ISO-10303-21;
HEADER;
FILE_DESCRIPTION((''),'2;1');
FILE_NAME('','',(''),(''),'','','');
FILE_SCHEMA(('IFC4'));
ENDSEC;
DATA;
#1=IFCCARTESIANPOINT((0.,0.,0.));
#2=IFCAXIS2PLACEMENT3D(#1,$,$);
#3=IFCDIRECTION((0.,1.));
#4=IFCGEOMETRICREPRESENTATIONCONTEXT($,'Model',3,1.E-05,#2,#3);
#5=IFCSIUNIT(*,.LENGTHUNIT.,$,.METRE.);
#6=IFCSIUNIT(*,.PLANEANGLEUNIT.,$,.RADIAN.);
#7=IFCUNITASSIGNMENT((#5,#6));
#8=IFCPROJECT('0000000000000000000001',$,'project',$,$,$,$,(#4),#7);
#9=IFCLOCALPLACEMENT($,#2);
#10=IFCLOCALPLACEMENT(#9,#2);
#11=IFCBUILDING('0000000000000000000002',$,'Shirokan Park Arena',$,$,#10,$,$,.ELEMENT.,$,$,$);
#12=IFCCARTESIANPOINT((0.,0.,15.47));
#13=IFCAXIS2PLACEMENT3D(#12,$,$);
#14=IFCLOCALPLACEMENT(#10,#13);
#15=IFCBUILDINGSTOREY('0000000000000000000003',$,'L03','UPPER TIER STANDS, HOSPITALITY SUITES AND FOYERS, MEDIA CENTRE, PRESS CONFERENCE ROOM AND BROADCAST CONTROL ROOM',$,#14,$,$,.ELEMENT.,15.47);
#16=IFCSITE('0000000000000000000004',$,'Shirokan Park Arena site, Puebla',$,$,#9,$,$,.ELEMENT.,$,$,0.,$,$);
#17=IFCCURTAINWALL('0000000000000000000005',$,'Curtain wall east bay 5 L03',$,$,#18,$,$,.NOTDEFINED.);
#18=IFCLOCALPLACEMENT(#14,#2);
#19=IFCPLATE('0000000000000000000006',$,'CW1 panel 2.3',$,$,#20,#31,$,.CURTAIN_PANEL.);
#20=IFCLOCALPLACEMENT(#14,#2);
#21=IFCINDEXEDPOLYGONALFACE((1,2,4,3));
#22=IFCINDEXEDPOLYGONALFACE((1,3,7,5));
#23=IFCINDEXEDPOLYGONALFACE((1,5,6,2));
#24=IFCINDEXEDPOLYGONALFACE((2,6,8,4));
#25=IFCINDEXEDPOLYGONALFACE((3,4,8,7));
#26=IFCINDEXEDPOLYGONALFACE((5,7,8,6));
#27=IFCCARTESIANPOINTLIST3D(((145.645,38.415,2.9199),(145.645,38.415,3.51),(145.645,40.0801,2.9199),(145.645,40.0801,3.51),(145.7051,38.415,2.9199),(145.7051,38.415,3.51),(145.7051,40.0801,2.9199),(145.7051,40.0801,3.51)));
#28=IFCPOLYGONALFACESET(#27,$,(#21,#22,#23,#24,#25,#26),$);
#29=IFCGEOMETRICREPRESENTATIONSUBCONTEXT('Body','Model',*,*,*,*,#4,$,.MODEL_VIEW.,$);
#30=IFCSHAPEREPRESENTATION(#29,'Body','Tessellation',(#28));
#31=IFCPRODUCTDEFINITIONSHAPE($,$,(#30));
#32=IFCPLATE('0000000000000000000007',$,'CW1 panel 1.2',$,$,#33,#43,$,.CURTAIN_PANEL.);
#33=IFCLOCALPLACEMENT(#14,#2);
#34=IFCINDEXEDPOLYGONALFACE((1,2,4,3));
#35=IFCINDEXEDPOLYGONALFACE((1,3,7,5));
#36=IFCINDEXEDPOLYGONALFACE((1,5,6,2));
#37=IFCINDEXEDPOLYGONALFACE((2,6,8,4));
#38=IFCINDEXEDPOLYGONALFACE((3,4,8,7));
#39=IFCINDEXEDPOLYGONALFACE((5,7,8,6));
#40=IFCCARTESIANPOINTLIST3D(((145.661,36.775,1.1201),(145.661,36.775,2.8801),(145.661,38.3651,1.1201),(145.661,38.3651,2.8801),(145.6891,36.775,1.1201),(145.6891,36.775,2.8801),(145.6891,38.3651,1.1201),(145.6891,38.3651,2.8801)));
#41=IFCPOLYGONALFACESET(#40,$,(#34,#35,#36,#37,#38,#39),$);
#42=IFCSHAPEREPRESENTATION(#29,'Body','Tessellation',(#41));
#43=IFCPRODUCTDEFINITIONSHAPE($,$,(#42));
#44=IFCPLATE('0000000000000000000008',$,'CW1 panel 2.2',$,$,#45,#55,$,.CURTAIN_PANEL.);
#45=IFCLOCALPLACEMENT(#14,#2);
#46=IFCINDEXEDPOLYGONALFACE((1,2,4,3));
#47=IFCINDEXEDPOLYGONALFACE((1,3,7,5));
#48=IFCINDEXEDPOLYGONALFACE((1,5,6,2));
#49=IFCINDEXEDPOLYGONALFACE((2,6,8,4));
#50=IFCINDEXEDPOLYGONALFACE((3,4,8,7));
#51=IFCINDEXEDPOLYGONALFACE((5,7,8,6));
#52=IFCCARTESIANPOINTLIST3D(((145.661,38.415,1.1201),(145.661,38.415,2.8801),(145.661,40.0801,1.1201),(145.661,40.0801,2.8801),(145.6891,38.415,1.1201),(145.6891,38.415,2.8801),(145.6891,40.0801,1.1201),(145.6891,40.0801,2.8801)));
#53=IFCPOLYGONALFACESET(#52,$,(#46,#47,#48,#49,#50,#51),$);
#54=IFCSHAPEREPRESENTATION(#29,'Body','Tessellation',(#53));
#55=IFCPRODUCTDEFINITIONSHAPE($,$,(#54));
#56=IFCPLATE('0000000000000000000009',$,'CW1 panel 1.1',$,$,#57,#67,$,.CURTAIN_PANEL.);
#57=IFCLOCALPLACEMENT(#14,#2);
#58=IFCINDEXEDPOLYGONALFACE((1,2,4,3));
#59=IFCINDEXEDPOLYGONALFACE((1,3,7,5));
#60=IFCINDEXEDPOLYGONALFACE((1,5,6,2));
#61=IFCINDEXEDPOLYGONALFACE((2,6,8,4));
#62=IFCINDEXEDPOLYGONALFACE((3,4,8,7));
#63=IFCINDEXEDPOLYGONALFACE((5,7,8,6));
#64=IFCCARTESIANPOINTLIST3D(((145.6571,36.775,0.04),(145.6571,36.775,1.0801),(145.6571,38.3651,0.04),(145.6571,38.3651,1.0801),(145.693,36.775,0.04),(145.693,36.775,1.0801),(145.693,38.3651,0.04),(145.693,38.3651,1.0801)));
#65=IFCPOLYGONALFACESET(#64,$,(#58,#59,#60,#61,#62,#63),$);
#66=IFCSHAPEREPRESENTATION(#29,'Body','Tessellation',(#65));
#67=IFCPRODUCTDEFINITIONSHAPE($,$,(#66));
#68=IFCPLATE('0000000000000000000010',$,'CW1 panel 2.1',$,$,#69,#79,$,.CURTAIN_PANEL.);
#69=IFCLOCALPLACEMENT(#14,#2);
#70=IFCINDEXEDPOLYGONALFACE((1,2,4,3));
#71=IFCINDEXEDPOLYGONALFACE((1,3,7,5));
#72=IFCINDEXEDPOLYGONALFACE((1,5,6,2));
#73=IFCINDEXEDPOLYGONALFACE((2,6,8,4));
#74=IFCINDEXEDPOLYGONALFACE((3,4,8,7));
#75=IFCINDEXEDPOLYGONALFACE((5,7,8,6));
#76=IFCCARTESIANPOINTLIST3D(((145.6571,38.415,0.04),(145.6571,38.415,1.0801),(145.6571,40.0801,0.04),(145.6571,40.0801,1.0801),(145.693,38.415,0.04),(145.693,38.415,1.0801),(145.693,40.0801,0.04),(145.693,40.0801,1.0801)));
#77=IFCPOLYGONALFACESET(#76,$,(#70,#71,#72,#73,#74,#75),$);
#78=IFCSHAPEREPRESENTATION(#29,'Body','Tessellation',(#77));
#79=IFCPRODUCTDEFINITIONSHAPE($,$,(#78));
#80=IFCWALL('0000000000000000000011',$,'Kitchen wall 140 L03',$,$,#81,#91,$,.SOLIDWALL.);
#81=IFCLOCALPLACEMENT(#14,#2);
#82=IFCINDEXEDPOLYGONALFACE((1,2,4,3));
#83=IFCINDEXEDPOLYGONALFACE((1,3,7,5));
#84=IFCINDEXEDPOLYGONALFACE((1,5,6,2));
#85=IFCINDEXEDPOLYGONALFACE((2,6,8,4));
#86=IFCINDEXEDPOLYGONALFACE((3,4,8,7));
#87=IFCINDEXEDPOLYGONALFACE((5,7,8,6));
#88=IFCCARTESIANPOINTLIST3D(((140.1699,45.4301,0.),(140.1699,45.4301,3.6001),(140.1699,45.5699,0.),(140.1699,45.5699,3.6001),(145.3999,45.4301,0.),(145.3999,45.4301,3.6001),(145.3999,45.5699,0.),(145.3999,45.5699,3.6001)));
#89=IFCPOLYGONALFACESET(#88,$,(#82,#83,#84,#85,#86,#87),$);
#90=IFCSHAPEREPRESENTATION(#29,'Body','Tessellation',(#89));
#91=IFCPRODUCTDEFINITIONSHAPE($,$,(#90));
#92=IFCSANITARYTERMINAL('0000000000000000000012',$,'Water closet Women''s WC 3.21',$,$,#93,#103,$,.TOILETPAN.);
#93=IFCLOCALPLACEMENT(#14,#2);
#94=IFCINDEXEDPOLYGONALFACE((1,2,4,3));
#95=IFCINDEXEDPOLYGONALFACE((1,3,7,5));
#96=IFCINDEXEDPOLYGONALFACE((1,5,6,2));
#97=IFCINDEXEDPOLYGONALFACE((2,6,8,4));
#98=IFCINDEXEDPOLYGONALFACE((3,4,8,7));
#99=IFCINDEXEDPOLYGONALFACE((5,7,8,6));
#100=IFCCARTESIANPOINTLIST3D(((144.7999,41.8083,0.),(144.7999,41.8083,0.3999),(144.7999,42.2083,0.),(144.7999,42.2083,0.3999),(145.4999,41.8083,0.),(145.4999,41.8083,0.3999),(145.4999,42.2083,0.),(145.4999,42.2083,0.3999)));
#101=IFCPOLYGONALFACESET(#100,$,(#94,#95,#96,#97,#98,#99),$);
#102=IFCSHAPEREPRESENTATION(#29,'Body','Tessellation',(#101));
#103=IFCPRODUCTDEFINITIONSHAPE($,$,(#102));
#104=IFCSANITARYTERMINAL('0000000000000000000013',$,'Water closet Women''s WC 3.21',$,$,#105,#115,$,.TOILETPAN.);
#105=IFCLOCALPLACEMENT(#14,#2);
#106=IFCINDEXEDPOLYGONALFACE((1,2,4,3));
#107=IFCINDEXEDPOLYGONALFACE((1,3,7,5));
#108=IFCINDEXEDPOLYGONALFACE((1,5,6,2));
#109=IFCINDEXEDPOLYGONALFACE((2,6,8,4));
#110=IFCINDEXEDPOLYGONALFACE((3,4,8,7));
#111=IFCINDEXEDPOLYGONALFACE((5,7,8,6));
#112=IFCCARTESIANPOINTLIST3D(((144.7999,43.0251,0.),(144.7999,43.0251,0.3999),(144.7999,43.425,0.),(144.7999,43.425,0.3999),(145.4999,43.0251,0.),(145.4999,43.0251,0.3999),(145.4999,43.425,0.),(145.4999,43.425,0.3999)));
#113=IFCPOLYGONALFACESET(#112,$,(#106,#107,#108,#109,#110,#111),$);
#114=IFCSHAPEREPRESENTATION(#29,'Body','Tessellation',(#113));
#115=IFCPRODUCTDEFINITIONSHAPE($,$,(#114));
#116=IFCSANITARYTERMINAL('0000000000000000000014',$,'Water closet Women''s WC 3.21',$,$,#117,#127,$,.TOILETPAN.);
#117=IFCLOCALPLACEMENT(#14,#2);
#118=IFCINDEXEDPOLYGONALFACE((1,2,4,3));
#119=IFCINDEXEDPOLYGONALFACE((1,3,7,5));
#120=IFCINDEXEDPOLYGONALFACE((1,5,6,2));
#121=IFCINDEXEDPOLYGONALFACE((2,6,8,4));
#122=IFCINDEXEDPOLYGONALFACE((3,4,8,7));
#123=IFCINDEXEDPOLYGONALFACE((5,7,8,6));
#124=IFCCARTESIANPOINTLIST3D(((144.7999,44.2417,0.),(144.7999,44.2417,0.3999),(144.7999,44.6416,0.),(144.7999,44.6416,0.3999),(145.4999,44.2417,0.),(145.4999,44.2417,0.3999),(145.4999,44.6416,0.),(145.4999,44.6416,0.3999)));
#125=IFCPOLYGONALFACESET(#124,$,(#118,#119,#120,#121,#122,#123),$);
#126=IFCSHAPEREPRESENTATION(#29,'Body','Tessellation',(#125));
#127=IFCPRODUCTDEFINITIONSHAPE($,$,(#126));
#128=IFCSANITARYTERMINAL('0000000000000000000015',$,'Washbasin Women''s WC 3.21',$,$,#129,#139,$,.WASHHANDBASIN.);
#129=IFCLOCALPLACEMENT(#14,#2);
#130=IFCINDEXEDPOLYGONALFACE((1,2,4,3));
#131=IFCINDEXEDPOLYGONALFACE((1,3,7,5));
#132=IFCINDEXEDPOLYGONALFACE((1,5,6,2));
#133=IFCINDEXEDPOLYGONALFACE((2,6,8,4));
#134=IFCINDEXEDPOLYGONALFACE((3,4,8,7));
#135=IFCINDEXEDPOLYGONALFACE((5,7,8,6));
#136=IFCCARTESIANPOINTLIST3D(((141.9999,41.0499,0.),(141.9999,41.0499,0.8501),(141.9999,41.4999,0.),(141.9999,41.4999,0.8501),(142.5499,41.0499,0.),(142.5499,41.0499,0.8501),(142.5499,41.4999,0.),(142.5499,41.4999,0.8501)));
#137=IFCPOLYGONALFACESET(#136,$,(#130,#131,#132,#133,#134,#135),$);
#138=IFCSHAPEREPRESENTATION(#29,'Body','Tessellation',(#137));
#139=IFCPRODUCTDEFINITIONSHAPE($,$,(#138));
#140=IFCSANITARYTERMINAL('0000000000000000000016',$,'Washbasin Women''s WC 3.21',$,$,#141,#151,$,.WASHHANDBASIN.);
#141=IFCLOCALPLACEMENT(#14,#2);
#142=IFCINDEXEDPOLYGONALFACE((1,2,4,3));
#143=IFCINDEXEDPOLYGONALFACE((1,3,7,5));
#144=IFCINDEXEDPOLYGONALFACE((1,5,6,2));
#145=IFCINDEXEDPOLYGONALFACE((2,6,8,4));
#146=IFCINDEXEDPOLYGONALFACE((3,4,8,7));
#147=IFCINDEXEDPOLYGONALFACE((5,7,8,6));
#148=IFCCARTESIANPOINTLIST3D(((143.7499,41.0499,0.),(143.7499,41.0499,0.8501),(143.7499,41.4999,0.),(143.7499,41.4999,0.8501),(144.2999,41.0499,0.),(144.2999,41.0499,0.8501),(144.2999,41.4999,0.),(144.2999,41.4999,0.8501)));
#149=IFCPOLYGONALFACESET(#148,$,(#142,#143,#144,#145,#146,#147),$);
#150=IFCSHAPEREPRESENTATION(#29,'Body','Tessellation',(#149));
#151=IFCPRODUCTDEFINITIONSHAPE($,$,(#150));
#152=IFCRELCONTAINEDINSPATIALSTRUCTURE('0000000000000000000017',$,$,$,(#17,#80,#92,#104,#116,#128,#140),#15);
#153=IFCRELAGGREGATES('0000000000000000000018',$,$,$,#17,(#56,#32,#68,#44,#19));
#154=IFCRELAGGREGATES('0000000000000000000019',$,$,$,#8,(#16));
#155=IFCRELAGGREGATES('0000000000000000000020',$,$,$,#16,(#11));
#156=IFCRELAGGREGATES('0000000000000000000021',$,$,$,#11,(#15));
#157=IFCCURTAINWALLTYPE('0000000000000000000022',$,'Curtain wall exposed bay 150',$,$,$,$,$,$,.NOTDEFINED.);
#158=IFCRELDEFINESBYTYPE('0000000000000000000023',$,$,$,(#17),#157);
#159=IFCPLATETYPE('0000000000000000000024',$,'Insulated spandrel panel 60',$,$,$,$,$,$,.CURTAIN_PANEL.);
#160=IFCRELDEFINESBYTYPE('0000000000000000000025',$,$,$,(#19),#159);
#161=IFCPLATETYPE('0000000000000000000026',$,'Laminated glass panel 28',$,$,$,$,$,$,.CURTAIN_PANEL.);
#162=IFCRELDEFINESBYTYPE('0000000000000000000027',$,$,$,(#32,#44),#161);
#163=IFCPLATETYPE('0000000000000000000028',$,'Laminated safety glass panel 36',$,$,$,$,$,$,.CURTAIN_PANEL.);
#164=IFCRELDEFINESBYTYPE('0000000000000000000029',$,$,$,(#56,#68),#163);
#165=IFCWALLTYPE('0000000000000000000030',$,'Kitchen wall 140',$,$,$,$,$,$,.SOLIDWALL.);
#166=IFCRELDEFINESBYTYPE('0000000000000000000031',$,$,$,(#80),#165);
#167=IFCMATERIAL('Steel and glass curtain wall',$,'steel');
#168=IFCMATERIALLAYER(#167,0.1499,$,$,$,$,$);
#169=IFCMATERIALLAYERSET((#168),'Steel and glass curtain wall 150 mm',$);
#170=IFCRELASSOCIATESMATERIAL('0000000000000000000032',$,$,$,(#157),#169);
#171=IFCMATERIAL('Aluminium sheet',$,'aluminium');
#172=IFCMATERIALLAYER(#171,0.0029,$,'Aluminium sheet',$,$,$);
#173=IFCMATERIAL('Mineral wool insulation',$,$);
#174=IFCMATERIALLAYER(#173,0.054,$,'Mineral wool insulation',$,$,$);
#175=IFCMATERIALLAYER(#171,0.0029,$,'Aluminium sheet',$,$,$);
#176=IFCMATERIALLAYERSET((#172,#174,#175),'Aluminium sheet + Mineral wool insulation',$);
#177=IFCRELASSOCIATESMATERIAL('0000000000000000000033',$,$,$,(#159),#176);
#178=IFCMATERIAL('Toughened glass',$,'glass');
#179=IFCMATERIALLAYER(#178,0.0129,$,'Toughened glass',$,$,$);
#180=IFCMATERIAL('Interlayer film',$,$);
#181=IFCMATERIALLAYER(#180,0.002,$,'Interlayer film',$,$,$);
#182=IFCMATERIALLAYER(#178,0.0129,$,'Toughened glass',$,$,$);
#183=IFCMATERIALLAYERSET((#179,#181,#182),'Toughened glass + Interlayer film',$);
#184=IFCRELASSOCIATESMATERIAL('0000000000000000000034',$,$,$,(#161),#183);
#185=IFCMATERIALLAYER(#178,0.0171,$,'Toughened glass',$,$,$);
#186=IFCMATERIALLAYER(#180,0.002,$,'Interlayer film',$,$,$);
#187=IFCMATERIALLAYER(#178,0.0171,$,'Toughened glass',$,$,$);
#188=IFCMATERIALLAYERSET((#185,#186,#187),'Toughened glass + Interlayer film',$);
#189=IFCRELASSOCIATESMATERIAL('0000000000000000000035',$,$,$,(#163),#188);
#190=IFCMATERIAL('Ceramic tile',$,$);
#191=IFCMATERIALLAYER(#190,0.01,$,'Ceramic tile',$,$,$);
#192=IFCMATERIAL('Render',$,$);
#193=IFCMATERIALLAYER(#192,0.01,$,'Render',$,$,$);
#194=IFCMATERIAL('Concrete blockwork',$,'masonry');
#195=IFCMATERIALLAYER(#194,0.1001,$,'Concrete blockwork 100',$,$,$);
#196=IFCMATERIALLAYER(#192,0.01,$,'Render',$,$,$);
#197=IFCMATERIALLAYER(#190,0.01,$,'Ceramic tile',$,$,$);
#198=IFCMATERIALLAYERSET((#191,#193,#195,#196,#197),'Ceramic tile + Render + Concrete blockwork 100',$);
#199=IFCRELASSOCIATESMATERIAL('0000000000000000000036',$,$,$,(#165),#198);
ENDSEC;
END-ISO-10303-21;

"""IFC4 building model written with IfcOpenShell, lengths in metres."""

from ifc_helpers import new_model, si_unit, direction, frame, frame_2d, origin, origin_2d, place, context, subcontext, project, spatial, rectangle, extrude, material, layer, layer_set, type_object, element, aggregate, save


model = new_model("IFC4")

# Units and contexts
model_context = context("Model", 3, precision=1e-05, world=origin(), true_north=direction((0.0, 1.0)))
body_context = subcontext(model_context, "Body", "Model", "MODEL_VIEW")
ifc_project = project(units=[si_unit("LENGTHUNIT", "METRE"), si_unit("PLANEANGLEUNIT", "RADIAN")], contexts=[model_context])

# Site, building, storey
site_placement = place(None, origin())
site = spatial("IfcSite", under=ifc_project, at=site_placement, Name="Shirokan Park Arena site, Puebla", CompositionType="ELEMENT", RefElevation=0.0)
building_placement = place(site_placement, origin())
building = spatial("IfcBuilding", under=site, at=building_placement, Name="Shirokan Park Arena", CompositionType="ELEMENT")
storey_placement = place(building_placement, frame((0.0, 0.0, 15.47)))
storey = spatial("IfcBuildingStorey", under=building, at=storey_placement, Name="L03", Description="UPPER TIER STANDS, HOSPITALITY SUITES AND FOYERS, MEDIA CENTRE, PRESS CONFERENCE ROOM AND BROADCAST CONTROL ROOM", CompositionType="ELEMENT", Elevation=15.47)

# Curtain wall
ifc_material_1 = material(Name="Steel and glass curtain wall", Category="steel")
ifc_layer_1 = layer(ifc_material_1, 0.1499)
ifc_layer_set_1 = layer_set([ifc_layer_1], Name="Steel and glass curtain wall 150 mm")
curtain_wall_type = type_object("IfcCurtainWallType", Name="Curtain wall exposed bay 150", PredefinedType="NOTDEFINED", material=ifc_layer_set_1)
curtain_wall_placement = place(storey_placement, origin())
curtain_wall = element("IfcCurtainWall", 1, at=curtain_wall_placement, inside=storey, type_object=curtain_wall_type, Name="Curtain wall east bay 5 L03", PredefinedType="NOTDEFINED")

# Plates
ifc_material_2 = material(Name="Aluminium sheet", Category="aluminium")
ifc_layer_2 = layer(ifc_material_2, 0.0029, Name="Aluminium sheet")
ifc_material_3 = material(Name="Mineral wool insulation")
ifc_layer_3 = layer(ifc_material_3, 0.054, Name="Mineral wool insulation")
ifc_layer_4 = layer(ifc_material_2, 0.0029, Name="Aluminium sheet")
ifc_layer_set_2 = layer_set([ifc_layer_2, ifc_layer_3, ifc_layer_4], Name="Aluminium sheet + Mineral wool insulation")
plate_type_1 = type_object("IfcPlateType", Name="Insulated spandrel panel 60", PredefinedType="CURTAIN_PANEL", material=ifc_layer_set_2)
plate_1_placement = place(storey_placement, frame((145.675, 39.2476, 2.9199), z_axis=(0.0, 0.0, 1.0), x_axis=(0.0, 1.0, 0.0)))
plate_1 = element("IfcPlate", 2, at=plate_1_placement, type_object=plate_type_1, Name="CW1 panel 2.3", PredefinedType="CURTAIN_PANEL", context=body_context, shape_type="SweptSolid", body=[
    extrude(rectangle(XDim=1.665, YDim=0.0601, at=origin_2d()), origin(), (0.0, 0.0, 1.0), 0.5901),
])
ifc_material_4 = material(Name="Toughened glass", Category="glass")
ifc_layer_5 = layer(ifc_material_4, 0.0129, Name="Toughened glass")
ifc_material_5 = material(Name="Interlayer film")
ifc_layer_6 = layer(ifc_material_5, 0.002, Name="Interlayer film")
ifc_layer_7 = layer(ifc_material_4, 0.0129, Name="Toughened glass")
ifc_layer_set_3 = layer_set([ifc_layer_5, ifc_layer_6, ifc_layer_7], Name="Toughened glass + Interlayer film")
plate_type_2 = type_object("IfcPlateType", Name="Laminated glass panel 28", PredefinedType="CURTAIN_PANEL", material=ifc_layer_set_3)
plate_2_placement = place(storey_placement, frame((145.675, 37.5701, 1.1201), z_axis=(0.0, 0.0, 1.0), x_axis=(0.0, 1.0, 0.0)))
plate_2 = element("IfcPlate", 3, at=plate_2_placement, type_object=plate_type_2, Name="CW1 panel 1.2", PredefinedType="CURTAIN_PANEL", context=body_context, shape_type="SweptSolid", body=[
    extrude(rectangle(XDim=1.5901, YDim=0.0281, at=origin_2d()), origin(), (0.0, 0.0, 1.0), 1.76),
])
plate_3_placement = place(storey_placement, frame((145.675, 39.2476, 1.1201), z_axis=(0.0, 0.0, 1.0), x_axis=(0.0, 1.0, 0.0)))
plate_3 = element("IfcPlate", 4, at=plate_3_placement, type_object=plate_type_2, Name="CW1 panel 2.2", PredefinedType="CURTAIN_PANEL", context=body_context, shape_type="SweptSolid", body=[
    extrude(rectangle(XDim=1.665, YDim=0.0281, at=origin_2d()), origin(), (0.0, 0.0, 1.0), 1.76),
])
ifc_layer_8 = layer(ifc_material_4, 0.0171, Name="Toughened glass")
ifc_layer_9 = layer(ifc_material_5, 0.002, Name="Interlayer film")
ifc_layer_10 = layer(ifc_material_4, 0.0171, Name="Toughened glass")
ifc_layer_set_4 = layer_set([ifc_layer_8, ifc_layer_9, ifc_layer_10], Name="Toughened glass + Interlayer film")
plate_type_3 = type_object("IfcPlateType", Name="Laminated safety glass panel 36", PredefinedType="CURTAIN_PANEL", material=ifc_layer_set_4)
plate_4_placement = place(storey_placement, frame((145.675, 37.5701, 0.04), z_axis=(0.0, 0.0, 1.0), x_axis=(0.0, 1.0, 0.0)))
plate_4 = element("IfcPlate", 5, at=plate_4_placement, type_object=plate_type_3, Name="CW1 panel 1.1", PredefinedType="CURTAIN_PANEL", context=body_context, shape_type="SweptSolid", body=[
    extrude(rectangle(XDim=1.5901, YDim=0.0359, at=origin_2d()), origin(), (0.0, 0.0, 1.0), 1.04),
])
plate_5_placement = place(storey_placement, frame((145.675, 39.2476, 0.04), z_axis=(0.0, 0.0, 1.0), x_axis=(0.0, 1.0, 0.0)))
plate_5 = element("IfcPlate", 6, at=plate_5_placement, type_object=plate_type_3, Name="CW1 panel 2.1", PredefinedType="CURTAIN_PANEL", context=body_context, shape_type="SweptSolid", body=[
    extrude(rectangle(XDim=1.665, YDim=0.0359, at=origin_2d()), origin(), (0.0, 0.0, 1.0), 1.04),
])
aggregate(curtain_wall, [plate_4, plate_2, plate_5, plate_3, plate_1])

# Wall
ifc_material_6 = material(Name="Ceramic tile")
ifc_layer_11 = layer(ifc_material_6, 0.01, Name="Ceramic tile")
ifc_material_7 = material(Name="Render")
ifc_layer_12 = layer(ifc_material_7, 0.01, Name="Render")
ifc_material_8 = material(Name="Concrete blockwork", Category="masonry")
ifc_layer_13 = layer(ifc_material_8, 0.1001, Name="Concrete blockwork 100")
ifc_layer_14 = layer(ifc_material_7, 0.01, Name="Render")
ifc_layer_15 = layer(ifc_material_6, 0.01, Name="Ceramic tile")
ifc_layer_set_5 = layer_set([ifc_layer_11, ifc_layer_12, ifc_layer_13, ifc_layer_14, ifc_layer_15], Name="Ceramic tile + Render + Concrete blockwork 100")
wall_type = type_object("IfcWallType", Name="Kitchen wall 140", PredefinedType="SOLIDWALL", material=ifc_layer_set_5)
wall_placement = place(storey_placement, frame((140.1699, 45.5, 0.0), z_axis=(0.0, 0.0, 1.0), x_axis=(1.0, 0.0, 0.0)))
element("IfcWall", 7, at=wall_placement, inside=storey, type_object=wall_type, Name="Kitchen wall 140 L03", PredefinedType="SOLIDWALL", context=body_context, shape_type="SweptSolid", body=[
    extrude(rectangle(XDim=5.23, YDim=0.1399, at=frame_2d((2.615, 0.0))), origin(), (0.0, 0.0, 1.0), 3.6001),
])

# Sanitary terminals
for number, where, z_axis, x_axis, name in (
    (8, (145.1499, 42.0083, 0.0), (0.0, 0.0, 1.0), (1.0, 0.0, 0.0), "Water closet Women's WC 3.21"),
    (9, (145.1499, 43.2251, 0.0), (0.0, 0.0, 1.0), (1.0, 0.0, 0.0), "Water closet Women's WC 3.21"),
    (10, (145.1499, 44.4417, 0.0), (0.0, 0.0, 1.0), (1.0, 0.0, 0.0), "Water closet Women's WC 3.21"),
):
    element("IfcSanitaryTerminal", number, at=place(storey_placement, frame(where, z_axis=z_axis, x_axis=x_axis)), inside=storey, Name=name, PredefinedType="TOILETPAN", context=body_context, shape_type="SweptSolid", body=[
        extrude(rectangle(XDim=0.7, YDim=0.3999, at=origin_2d()), origin(), (0.0, 0.0, 1.0), 0.3999),
    ])
for number, where, z_axis, x_axis, name in (
    (11, (142.2749, 41.2749, 0.0), (0.0, 0.0, 1.0), (1.0, 0.0, 0.0), "Washbasin Women's WC 3.21"),
    (12, (144.0249, 41.2749, 0.0), (0.0, 0.0, 1.0), (1.0, 0.0, 0.0), "Washbasin Women's WC 3.21"),
):
    element("IfcSanitaryTerminal", number, at=place(storey_placement, frame(where, z_axis=z_axis, x_axis=x_axis)), inside=storey, Name=name, PredefinedType="WASHHANDBASIN", context=body_context, shape_type="SweptSolid", body=[
        extrude(rectangle(XDim=0.55, YDim=0.45, at=origin_2d()), origin(), (0.0, 0.0, 1.0), 0.8501),
    ])

save(model, "model.ifc")
